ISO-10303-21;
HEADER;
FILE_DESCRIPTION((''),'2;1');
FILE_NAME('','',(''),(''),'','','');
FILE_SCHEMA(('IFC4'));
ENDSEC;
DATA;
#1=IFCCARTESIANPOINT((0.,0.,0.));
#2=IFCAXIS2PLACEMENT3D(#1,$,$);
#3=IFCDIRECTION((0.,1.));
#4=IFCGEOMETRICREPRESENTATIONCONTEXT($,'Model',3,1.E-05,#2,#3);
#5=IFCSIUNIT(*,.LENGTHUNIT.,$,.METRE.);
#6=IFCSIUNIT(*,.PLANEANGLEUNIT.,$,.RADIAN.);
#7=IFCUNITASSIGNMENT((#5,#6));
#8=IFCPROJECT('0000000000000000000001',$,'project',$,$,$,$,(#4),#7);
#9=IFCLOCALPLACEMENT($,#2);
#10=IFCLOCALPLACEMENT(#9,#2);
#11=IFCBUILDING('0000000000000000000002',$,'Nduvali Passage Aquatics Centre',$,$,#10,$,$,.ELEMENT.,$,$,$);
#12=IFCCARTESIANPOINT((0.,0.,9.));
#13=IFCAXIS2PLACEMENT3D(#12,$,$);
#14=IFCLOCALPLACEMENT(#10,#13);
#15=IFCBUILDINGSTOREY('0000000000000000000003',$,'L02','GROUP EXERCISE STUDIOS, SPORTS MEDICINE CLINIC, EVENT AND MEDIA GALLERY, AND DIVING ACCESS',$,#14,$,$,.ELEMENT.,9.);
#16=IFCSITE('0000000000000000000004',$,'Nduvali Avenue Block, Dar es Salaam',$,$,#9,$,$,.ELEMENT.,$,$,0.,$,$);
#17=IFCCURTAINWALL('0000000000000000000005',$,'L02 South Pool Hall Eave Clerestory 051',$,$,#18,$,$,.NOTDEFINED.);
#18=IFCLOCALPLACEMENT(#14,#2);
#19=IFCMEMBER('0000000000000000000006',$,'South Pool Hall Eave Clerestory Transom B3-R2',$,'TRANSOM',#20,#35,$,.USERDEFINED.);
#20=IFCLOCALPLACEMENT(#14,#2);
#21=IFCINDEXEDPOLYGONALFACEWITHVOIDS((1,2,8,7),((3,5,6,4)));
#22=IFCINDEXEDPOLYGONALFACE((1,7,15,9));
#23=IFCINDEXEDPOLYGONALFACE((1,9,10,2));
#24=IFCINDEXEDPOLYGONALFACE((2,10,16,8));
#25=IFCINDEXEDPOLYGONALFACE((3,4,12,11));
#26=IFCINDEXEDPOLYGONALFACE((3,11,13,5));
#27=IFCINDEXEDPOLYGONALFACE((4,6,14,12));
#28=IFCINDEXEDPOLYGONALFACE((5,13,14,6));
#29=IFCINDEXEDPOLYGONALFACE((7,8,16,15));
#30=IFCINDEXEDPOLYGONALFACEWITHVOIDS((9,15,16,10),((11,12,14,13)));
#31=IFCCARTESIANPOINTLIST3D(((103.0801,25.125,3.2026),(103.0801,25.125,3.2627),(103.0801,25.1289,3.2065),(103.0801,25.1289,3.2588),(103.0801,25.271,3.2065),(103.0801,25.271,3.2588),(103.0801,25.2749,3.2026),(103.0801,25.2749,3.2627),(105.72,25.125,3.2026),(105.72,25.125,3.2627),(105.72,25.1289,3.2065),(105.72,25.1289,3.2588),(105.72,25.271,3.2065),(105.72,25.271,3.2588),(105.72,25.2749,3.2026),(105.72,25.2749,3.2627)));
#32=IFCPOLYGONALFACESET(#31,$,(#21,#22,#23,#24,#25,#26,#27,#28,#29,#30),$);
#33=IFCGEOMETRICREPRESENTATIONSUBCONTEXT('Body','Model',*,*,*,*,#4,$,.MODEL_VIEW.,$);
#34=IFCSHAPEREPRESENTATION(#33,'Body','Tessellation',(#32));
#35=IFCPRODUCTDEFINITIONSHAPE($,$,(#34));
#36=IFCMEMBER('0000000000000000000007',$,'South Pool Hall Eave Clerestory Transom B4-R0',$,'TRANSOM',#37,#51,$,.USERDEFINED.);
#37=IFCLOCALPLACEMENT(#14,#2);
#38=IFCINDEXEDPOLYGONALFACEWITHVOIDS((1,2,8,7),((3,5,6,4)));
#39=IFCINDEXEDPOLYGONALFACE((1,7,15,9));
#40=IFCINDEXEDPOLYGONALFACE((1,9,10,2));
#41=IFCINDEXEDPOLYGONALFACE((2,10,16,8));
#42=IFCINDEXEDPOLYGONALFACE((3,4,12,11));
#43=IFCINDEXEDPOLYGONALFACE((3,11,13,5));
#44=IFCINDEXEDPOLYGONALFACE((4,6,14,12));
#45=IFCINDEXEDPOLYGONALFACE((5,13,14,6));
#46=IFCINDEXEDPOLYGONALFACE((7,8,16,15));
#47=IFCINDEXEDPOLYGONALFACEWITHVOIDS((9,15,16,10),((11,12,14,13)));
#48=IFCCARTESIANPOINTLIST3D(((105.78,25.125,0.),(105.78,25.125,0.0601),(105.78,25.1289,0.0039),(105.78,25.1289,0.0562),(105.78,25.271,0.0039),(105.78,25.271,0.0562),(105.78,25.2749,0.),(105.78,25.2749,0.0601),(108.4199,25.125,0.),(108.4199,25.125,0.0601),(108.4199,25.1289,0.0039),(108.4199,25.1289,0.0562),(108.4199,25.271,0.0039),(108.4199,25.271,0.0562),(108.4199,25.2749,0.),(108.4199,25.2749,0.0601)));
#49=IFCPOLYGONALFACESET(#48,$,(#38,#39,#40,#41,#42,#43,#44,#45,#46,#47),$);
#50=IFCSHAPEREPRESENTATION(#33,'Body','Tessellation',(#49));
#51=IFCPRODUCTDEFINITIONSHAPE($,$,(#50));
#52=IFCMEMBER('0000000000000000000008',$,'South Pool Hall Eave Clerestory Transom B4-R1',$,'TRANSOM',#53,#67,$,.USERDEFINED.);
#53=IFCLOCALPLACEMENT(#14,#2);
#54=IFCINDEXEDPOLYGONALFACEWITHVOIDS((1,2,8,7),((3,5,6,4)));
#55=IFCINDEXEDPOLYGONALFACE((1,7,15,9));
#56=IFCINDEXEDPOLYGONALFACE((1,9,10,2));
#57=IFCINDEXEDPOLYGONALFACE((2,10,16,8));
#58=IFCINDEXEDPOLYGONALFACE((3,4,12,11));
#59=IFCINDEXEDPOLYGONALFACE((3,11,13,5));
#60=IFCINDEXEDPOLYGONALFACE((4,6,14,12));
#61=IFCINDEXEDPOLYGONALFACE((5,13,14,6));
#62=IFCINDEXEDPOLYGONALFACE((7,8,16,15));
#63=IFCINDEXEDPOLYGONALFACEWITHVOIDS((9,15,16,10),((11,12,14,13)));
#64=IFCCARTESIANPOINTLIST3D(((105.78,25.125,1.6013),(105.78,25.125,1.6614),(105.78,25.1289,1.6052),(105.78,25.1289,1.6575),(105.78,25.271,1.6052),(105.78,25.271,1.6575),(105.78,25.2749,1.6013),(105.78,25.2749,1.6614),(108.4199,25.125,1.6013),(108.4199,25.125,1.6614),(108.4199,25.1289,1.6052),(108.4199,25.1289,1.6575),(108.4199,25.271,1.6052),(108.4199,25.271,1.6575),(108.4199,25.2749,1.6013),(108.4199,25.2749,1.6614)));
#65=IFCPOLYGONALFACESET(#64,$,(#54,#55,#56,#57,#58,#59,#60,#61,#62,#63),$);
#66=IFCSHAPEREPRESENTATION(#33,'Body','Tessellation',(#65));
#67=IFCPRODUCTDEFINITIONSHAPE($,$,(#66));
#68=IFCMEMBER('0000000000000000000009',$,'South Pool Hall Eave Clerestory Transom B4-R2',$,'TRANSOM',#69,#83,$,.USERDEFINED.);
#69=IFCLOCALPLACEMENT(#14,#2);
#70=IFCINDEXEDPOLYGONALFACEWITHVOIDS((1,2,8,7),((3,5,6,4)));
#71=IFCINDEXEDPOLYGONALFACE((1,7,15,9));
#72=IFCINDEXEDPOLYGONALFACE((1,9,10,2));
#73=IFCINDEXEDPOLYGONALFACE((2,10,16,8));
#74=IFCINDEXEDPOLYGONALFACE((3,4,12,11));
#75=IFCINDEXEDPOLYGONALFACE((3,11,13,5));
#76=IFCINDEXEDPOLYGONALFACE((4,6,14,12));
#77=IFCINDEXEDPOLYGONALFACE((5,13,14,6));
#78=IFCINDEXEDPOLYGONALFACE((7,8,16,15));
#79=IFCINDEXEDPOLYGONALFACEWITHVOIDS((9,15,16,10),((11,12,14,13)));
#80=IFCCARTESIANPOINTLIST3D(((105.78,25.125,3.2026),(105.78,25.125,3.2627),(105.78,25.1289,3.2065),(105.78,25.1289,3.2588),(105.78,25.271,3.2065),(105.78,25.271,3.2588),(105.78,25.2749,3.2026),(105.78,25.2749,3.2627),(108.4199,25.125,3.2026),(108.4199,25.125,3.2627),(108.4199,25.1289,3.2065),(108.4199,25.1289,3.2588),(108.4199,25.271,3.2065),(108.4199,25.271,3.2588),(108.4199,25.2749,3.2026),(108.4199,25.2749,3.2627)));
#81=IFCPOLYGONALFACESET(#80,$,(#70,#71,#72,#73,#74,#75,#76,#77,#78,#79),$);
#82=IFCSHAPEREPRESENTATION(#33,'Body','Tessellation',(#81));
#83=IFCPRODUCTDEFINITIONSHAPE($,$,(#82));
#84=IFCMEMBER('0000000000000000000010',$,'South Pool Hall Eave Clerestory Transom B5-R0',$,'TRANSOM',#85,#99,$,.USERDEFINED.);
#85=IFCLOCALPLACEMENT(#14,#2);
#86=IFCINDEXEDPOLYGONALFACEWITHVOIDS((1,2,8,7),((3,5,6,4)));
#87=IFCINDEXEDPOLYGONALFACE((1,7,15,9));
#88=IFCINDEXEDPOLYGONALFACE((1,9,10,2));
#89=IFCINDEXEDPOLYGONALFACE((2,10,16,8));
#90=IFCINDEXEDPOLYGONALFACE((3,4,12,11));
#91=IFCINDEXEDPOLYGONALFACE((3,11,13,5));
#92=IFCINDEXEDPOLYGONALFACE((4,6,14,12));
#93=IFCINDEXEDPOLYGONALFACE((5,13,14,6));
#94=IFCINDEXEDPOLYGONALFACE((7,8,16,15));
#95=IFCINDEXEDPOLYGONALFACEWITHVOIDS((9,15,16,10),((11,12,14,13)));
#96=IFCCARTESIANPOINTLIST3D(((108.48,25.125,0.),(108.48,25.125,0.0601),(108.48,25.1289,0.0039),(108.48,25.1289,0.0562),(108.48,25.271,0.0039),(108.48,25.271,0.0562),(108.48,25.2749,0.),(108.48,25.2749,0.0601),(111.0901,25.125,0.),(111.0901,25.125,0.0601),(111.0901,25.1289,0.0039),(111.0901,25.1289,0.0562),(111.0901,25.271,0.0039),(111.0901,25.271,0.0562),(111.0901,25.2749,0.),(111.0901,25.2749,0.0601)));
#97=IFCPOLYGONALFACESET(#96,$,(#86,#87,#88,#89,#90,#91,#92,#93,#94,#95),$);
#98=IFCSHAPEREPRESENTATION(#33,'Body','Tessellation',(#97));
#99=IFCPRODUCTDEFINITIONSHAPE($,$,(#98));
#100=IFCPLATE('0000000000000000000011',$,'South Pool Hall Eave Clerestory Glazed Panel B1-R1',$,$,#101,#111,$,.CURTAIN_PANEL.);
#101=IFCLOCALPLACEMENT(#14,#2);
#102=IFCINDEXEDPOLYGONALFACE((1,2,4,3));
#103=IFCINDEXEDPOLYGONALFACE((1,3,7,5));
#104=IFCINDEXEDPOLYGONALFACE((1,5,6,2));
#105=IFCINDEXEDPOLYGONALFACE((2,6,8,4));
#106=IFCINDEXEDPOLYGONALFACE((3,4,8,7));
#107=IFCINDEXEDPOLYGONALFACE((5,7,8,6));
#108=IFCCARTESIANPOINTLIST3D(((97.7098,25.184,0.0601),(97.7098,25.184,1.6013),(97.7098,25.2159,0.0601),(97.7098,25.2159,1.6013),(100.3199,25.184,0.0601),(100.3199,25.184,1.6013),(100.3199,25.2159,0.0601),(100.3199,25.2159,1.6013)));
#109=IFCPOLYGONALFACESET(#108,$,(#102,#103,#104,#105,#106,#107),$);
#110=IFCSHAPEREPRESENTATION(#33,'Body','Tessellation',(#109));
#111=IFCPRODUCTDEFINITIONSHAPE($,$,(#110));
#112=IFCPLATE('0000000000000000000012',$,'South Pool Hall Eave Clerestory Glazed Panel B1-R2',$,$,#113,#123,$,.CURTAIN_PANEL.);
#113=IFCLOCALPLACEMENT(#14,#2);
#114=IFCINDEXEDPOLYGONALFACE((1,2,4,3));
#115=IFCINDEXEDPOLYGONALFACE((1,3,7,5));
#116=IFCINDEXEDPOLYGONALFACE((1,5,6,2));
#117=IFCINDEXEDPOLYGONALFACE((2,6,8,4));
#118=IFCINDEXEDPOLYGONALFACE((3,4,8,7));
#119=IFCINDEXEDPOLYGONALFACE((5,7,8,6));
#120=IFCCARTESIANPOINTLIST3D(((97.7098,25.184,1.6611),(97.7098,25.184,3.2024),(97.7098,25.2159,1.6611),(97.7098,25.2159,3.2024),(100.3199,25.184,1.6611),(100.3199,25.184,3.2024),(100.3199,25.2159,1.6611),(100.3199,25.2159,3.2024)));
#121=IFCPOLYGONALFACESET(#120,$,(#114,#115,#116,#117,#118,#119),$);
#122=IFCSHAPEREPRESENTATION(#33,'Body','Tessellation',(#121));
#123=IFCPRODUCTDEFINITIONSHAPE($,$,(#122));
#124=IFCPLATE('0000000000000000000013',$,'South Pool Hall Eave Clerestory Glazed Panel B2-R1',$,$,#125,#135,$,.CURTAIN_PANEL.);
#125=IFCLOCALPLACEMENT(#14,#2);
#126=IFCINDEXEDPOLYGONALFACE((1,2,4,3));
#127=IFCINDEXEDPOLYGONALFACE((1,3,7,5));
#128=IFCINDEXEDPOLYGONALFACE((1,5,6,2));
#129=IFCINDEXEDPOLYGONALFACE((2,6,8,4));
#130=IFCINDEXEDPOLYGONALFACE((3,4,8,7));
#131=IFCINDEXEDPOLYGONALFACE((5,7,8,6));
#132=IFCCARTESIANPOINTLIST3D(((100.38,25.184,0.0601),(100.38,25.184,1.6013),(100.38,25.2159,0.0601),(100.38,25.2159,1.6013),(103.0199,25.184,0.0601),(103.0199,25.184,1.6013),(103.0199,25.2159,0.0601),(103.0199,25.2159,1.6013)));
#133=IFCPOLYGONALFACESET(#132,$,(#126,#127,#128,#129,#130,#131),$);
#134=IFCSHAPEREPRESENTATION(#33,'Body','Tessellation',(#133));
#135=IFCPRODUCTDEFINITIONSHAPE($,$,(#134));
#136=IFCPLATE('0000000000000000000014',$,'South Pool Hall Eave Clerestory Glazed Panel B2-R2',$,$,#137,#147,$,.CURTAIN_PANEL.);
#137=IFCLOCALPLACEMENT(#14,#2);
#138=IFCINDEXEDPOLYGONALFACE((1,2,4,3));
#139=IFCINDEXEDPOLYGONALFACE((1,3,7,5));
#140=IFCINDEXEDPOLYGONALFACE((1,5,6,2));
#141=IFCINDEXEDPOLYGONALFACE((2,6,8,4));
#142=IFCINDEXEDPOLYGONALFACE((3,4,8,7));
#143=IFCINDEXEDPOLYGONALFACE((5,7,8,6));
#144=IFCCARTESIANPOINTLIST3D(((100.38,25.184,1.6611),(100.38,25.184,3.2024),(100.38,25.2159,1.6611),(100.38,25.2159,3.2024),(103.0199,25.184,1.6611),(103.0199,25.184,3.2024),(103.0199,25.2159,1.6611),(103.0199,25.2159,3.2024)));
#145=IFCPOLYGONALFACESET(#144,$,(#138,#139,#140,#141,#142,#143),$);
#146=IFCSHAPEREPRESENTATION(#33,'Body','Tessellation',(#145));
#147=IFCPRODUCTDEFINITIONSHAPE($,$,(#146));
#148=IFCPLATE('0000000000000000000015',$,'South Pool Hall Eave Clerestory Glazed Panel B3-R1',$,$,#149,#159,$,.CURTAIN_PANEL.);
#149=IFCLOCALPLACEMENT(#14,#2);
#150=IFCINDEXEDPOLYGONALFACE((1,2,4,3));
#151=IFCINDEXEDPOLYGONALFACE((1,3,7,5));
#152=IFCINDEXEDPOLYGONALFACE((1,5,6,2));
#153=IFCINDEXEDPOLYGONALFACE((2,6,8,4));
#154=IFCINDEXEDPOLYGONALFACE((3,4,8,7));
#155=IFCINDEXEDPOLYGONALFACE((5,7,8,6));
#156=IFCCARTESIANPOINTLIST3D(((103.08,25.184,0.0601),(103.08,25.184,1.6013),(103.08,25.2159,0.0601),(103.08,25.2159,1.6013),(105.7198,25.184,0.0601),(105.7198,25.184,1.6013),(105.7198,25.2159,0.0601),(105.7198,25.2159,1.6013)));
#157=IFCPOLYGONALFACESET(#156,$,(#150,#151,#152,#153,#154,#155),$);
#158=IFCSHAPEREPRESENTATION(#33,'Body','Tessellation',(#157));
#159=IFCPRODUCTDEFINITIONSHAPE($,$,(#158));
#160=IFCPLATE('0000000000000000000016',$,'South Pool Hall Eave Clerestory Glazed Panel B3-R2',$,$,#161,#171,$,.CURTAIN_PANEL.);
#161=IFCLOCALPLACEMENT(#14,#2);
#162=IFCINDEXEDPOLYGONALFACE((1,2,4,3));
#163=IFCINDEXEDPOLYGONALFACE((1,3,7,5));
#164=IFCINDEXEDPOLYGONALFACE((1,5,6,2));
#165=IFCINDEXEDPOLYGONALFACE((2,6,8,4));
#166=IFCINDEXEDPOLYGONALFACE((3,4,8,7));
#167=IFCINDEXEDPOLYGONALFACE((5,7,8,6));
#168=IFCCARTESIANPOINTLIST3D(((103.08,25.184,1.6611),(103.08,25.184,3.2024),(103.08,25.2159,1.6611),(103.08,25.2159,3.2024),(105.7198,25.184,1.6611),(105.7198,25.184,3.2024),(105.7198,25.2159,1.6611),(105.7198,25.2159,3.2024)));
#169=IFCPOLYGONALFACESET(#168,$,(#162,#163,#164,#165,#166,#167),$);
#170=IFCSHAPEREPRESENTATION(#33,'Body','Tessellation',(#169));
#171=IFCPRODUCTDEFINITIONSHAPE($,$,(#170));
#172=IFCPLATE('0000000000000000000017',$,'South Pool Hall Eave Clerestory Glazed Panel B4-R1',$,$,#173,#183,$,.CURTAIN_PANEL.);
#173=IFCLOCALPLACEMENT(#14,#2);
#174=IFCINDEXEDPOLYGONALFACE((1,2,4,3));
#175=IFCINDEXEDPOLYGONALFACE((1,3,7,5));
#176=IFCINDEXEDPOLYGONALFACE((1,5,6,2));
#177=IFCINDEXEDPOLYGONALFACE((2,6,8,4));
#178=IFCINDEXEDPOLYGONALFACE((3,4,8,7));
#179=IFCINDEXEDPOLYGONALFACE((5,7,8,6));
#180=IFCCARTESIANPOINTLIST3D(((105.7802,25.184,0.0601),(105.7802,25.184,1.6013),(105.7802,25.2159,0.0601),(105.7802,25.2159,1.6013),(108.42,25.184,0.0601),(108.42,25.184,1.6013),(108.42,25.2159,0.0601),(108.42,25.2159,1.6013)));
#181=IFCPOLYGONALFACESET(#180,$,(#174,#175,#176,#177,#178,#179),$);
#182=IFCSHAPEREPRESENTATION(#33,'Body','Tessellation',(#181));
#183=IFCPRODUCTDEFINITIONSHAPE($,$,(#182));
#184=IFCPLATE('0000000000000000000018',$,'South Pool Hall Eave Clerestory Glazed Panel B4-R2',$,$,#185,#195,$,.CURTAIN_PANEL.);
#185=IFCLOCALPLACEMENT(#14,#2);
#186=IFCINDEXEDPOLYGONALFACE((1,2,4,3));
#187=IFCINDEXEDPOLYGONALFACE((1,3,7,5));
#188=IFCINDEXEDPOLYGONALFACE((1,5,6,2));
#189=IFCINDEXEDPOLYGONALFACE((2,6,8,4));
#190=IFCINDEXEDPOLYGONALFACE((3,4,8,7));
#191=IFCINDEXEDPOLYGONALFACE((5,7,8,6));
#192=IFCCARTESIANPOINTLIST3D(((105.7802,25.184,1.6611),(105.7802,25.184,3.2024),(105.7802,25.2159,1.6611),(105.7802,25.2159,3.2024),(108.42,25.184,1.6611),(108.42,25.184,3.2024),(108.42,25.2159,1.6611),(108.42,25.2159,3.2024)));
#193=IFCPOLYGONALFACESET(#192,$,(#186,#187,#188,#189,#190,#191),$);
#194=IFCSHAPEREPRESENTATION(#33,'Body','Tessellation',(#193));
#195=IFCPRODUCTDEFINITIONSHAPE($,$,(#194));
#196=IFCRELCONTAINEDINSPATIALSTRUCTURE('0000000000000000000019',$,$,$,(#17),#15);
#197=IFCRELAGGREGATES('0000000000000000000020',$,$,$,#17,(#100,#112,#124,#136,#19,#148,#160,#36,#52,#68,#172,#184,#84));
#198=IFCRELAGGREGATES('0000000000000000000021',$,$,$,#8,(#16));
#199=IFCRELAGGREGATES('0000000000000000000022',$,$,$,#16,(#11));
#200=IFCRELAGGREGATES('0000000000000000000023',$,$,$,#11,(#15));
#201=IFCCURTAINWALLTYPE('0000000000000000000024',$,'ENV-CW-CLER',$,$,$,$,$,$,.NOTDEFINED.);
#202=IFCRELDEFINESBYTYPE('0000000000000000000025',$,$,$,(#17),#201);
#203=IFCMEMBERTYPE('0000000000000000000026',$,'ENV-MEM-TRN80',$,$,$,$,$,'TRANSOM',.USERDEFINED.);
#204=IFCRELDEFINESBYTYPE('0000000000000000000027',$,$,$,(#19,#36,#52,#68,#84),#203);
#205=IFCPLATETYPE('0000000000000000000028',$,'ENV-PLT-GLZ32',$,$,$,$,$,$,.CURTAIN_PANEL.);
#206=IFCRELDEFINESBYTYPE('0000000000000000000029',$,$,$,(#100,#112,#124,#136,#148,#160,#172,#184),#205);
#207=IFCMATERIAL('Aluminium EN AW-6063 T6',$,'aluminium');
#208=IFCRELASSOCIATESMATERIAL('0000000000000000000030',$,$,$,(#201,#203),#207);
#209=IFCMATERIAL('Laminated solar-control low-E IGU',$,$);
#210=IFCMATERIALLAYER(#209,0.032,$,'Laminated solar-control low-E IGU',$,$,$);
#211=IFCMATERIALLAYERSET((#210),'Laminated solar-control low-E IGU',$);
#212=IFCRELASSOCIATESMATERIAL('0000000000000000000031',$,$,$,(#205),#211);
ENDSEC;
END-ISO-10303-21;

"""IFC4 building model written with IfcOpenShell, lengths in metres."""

from ifc_helpers import new_model, si_unit, direction, frame, origin, origin_2d, place, context, subcontext, project, spatial, rectangle, hollow_rectangle, extrude, material, layer, layer_set, material_profile, profile_set, type_object, element, aggregate, save


model = new_model("IFC4")

# Units and contexts
model_context = context("Model", 3, precision=1e-05, world=origin(), true_north=direction((0.0, 1.0)))
body_context = subcontext(model_context, "Body", "Model", "MODEL_VIEW")
ifc_project = project(units=[si_unit("LENGTHUNIT", "METRE"), si_unit("PLANEANGLEUNIT", "RADIAN")], contexts=[model_context])

# Site, building, storey
site_placement = place(None, origin())
site = spatial("IfcSite", under=ifc_project, at=site_placement, Name="Nduvali Avenue Block, Dar es Salaam", CompositionType="ELEMENT", RefElevation=0.0)
building_placement = place(site_placement, origin())
building = spatial("IfcBuilding", under=site, at=building_placement, Name="Nduvali Passage Aquatics Centre", CompositionType="ELEMENT")
storey_placement = place(building_placement, frame((0.0, 0.0, 9.0)))
storey = spatial("IfcBuildingStorey", under=building, at=storey_placement, Name="L02", Description="GROUP EXERCISE STUDIOS, SPORTS MEDICINE CLINIC, EVENT AND MEDIA GALLERY, AND DIVING ACCESS", CompositionType="ELEMENT", Elevation=9.0)

# Curtain wall, members, plates
ifc_material_1 = material(Name="Aluminium EN AW-6063 T6", Category="aluminium")
curtain_wall_type = type_object("IfcCurtainWallType", Name="ENV-CW-CLER", PredefinedType="NOTDEFINED", material=ifc_material_1)
curtain_wall_placement = place(storey_placement, origin())
curtain_wall = element("IfcCurtainWall", 1, at=curtain_wall_placement, inside=storey, type_object=curtain_wall_type, Name="L02 South Pool Hall Eave Clerestory 051", PredefinedType="NOTDEFINED")
ifc_material_profile_1 = material_profile(ifc_material_1, hollow_rectangle(XDim=0.1499, YDim=0.0601, WallThickness=0.0039, at=origin_2d()), Name="ALU TRANSOM 150x60x4")
ifc_profile_set_1 = profile_set([ifc_material_profile_1], Name="Aluminium EN AW-6063 T6")
member_type_1 = type_object("IfcMemberType", Name="ENV-MEM-TRN80", ElementType="TRANSOM", PredefinedType="USERDEFINED", material=ifc_profile_set_1)
member_1_placement = place(storey_placement, frame((103.0801, 25.2, 3.2327), z_axis=(1.0, 0.0, 0.0), x_axis=(0.0, 1.0, 0.0)))
member_1 = element("IfcMember", 2, at=member_1_placement, type_object=member_type_1, Name="South Pool Hall Eave Clerestory Transom B3-R2", ObjectType="TRANSOM", PredefinedType="USERDEFINED", context=body_context, shape_type="SweptSolid", body=[
    extrude(hollow_rectangle(XDim=0.1499, YDim=0.0601, WallThickness=0.0039, at=origin_2d()), origin(), (0.0, 0.0, 1.0), 2.6399),
])
member_2_placement = place(storey_placement, frame((105.78, 25.2, 0.03), z_axis=(1.0, 0.0, 0.0), x_axis=(0.0, 1.0, 0.0)))
member_2 = element("IfcMember", 3, at=member_2_placement, type_object=member_type_1, Name="South Pool Hall Eave Clerestory Transom B4-R0", ObjectType="TRANSOM", PredefinedType="USERDEFINED", context=body_context, shape_type="SweptSolid", body=[
    extrude(hollow_rectangle(XDim=0.1499, YDim=0.0601, WallThickness=0.0039, at=origin_2d()), origin(), (0.0, 0.0, 1.0), 2.6399),
])
member_3_placement = place(storey_placement, frame((105.78, 25.2, 1.6313), z_axis=(1.0, 0.0, 0.0), x_axis=(0.0, 1.0, 0.0)))
member_3 = element("IfcMember", 4, at=member_3_placement, type_object=member_type_1, Name="South Pool Hall Eave Clerestory Transom B4-R1", ObjectType="TRANSOM", PredefinedType="USERDEFINED", context=body_context, shape_type="SweptSolid", body=[
    extrude(hollow_rectangle(XDim=0.1499, YDim=0.0601, WallThickness=0.0039, at=origin_2d()), origin(), (0.0, 0.0, 1.0), 2.6399),
])
member_4_placement = place(storey_placement, frame((105.78, 25.2, 3.2327), z_axis=(1.0, 0.0, 0.0), x_axis=(0.0, 1.0, 0.0)))
member_4 = element("IfcMember", 5, at=member_4_placement, type_object=member_type_1, Name="South Pool Hall Eave Clerestory Transom B4-R2", ObjectType="TRANSOM", PredefinedType="USERDEFINED", context=body_context, shape_type="SweptSolid", body=[
    extrude(hollow_rectangle(XDim=0.1499, YDim=0.0601, WallThickness=0.0039, at=origin_2d()), origin(), (0.0, 0.0, 1.0), 2.6399),
])
member_5_placement = place(storey_placement, frame((108.48, 25.2, 0.03), z_axis=(1.0, 0.0, 0.0), x_axis=(0.0, 1.0, 0.0)))
member_5 = element("IfcMember", 6, at=member_5_placement, type_object=member_type_1, Name="South Pool Hall Eave Clerestory Transom B5-R0", ObjectType="TRANSOM", PredefinedType="USERDEFINED", context=body_context, shape_type="SweptSolid", body=[
    extrude(hollow_rectangle(XDim=0.1499, YDim=0.0601, WallThickness=0.0039, at=origin_2d()), origin(), (0.0, 0.0, 1.0), 2.6101),
])
ifc_material_2 = material(Name="Laminated solar-control low-E IGU")
ifc_layer = layer(ifc_material_2, 0.032, Name="Laminated solar-control low-E IGU")
ifc_layer_set = layer_set([ifc_layer], Name="Laminated solar-control low-E IGU")
plate_type = type_object("IfcPlateType", Name="ENV-PLT-GLZ32", PredefinedType="CURTAIN_PANEL", material=ifc_layer_set)
plate_1_placement = place(storey_placement, frame((99.0149, 25.2, 0.0601), z_axis=(0.0, 0.0, 1.0), x_axis=(1.0, 0.0, 0.0)))
plate_1 = element("IfcPlate", 7, at=plate_1_placement, type_object=plate_type, Name="South Pool Hall Eave Clerestory Glazed Panel B1-R1", PredefinedType="CURTAIN_PANEL", context=body_context, shape_type="SweptSolid", body=[
    extrude(rectangle(XDim=2.6101, YDim=0.032, at=origin_2d()), origin(), (0.0, 0.0, 1.0), 1.5413),
])
plate_2_placement = place(storey_placement, frame((99.0149, 25.2, 1.6611), z_axis=(0.0, 0.0, 1.0), x_axis=(1.0, 0.0, 0.0)))
plate_2 = element("IfcPlate", 8, at=plate_2_placement, type_object=plate_type, Name="South Pool Hall Eave Clerestory Glazed Panel B1-R2", PredefinedType="CURTAIN_PANEL", context=body_context, shape_type="SweptSolid", body=[
    extrude(rectangle(XDim=2.6101, YDim=0.032, at=origin_2d()), origin(), (0.0, 0.0, 1.0), 1.5413),
])
plate_3_placement = place(storey_placement, frame((101.7, 25.2, 0.0601), z_axis=(0.0, 0.0, 1.0), x_axis=(1.0, 0.0, 0.0)))
plate_3 = element("IfcPlate", 9, at=plate_3_placement, type_object=plate_type, Name="South Pool Hall Eave Clerestory Glazed Panel B2-R1", PredefinedType="CURTAIN_PANEL", context=body_context, shape_type="SweptSolid", body=[
    extrude(rectangle(XDim=2.6399, YDim=0.032, at=origin_2d()), origin(), (0.0, 0.0, 1.0), 1.5413),
])
plate_4_placement = place(storey_placement, frame((101.7, 25.2, 1.6611), z_axis=(0.0, 0.0, 1.0), x_axis=(1.0, 0.0, 0.0)))
plate_4 = element("IfcPlate", 10, at=plate_4_placement, type_object=plate_type, Name="South Pool Hall Eave Clerestory Glazed Panel B2-R2", PredefinedType="CURTAIN_PANEL", context=body_context, shape_type="SweptSolid", body=[
    extrude(rectangle(XDim=2.6399, YDim=0.032, at=origin_2d()), origin(), (0.0, 0.0, 1.0), 1.5413),
])
plate_5_placement = place(storey_placement, frame((104.3999, 25.2, 0.0601), z_axis=(0.0, 0.0, 1.0), x_axis=(1.0, 0.0, 0.0)))
plate_5 = element("IfcPlate", 11, at=plate_5_placement, type_object=plate_type, Name="South Pool Hall Eave Clerestory Glazed Panel B3-R1", PredefinedType="CURTAIN_PANEL", context=body_context, shape_type="SweptSolid", body=[
    extrude(rectangle(XDim=2.6399, YDim=0.032, at=origin_2d()), origin(), (0.0, 0.0, 1.0), 1.5413),
])
plate_6_placement = place(storey_placement, frame((104.3999, 25.2, 1.6611), z_axis=(0.0, 0.0, 1.0), x_axis=(1.0, 0.0, 0.0)))
plate_6 = element("IfcPlate", 12, at=plate_6_placement, type_object=plate_type, Name="South Pool Hall Eave Clerestory Glazed Panel B3-R2", PredefinedType="CURTAIN_PANEL", context=body_context, shape_type="SweptSolid", body=[
    extrude(rectangle(XDim=2.6399, YDim=0.032, at=origin_2d()), origin(), (0.0, 0.0, 1.0), 1.5413),
])
plate_7_placement = place(storey_placement, frame((107.1001, 25.2, 0.0601), z_axis=(0.0, 0.0, 1.0), x_axis=(1.0, 0.0, 0.0)))
plate_7 = element("IfcPlate", 13, at=plate_7_placement, type_object=plate_type, Name="South Pool Hall Eave Clerestory Glazed Panel B4-R1", PredefinedType="CURTAIN_PANEL", context=body_context, shape_type="SweptSolid", body=[
    extrude(rectangle(XDim=2.6399, YDim=0.032, at=origin_2d()), origin(), (0.0, 0.0, 1.0), 1.5413),
])
plate_8_placement = place(storey_placement, frame((107.1001, 25.2, 1.6611), z_axis=(0.0, 0.0, 1.0), x_axis=(1.0, 0.0, 0.0)))
plate_8 = element("IfcPlate", 14, at=plate_8_placement, type_object=plate_type, Name="South Pool Hall Eave Clerestory Glazed Panel B4-R2", PredefinedType="CURTAIN_PANEL", context=body_context, shape_type="SweptSolid", body=[
    extrude(rectangle(XDim=2.6399, YDim=0.032, at=origin_2d()), origin(), (0.0, 0.0, 1.0), 1.5413),
])
aggregate(curtain_wall, [plate_1, plate_2, plate_3, plate_4, member_1, plate_5, plate_6, member_2, member_3, member_4, plate_7, plate_8, member_5])

save(model, "model.ifc")
